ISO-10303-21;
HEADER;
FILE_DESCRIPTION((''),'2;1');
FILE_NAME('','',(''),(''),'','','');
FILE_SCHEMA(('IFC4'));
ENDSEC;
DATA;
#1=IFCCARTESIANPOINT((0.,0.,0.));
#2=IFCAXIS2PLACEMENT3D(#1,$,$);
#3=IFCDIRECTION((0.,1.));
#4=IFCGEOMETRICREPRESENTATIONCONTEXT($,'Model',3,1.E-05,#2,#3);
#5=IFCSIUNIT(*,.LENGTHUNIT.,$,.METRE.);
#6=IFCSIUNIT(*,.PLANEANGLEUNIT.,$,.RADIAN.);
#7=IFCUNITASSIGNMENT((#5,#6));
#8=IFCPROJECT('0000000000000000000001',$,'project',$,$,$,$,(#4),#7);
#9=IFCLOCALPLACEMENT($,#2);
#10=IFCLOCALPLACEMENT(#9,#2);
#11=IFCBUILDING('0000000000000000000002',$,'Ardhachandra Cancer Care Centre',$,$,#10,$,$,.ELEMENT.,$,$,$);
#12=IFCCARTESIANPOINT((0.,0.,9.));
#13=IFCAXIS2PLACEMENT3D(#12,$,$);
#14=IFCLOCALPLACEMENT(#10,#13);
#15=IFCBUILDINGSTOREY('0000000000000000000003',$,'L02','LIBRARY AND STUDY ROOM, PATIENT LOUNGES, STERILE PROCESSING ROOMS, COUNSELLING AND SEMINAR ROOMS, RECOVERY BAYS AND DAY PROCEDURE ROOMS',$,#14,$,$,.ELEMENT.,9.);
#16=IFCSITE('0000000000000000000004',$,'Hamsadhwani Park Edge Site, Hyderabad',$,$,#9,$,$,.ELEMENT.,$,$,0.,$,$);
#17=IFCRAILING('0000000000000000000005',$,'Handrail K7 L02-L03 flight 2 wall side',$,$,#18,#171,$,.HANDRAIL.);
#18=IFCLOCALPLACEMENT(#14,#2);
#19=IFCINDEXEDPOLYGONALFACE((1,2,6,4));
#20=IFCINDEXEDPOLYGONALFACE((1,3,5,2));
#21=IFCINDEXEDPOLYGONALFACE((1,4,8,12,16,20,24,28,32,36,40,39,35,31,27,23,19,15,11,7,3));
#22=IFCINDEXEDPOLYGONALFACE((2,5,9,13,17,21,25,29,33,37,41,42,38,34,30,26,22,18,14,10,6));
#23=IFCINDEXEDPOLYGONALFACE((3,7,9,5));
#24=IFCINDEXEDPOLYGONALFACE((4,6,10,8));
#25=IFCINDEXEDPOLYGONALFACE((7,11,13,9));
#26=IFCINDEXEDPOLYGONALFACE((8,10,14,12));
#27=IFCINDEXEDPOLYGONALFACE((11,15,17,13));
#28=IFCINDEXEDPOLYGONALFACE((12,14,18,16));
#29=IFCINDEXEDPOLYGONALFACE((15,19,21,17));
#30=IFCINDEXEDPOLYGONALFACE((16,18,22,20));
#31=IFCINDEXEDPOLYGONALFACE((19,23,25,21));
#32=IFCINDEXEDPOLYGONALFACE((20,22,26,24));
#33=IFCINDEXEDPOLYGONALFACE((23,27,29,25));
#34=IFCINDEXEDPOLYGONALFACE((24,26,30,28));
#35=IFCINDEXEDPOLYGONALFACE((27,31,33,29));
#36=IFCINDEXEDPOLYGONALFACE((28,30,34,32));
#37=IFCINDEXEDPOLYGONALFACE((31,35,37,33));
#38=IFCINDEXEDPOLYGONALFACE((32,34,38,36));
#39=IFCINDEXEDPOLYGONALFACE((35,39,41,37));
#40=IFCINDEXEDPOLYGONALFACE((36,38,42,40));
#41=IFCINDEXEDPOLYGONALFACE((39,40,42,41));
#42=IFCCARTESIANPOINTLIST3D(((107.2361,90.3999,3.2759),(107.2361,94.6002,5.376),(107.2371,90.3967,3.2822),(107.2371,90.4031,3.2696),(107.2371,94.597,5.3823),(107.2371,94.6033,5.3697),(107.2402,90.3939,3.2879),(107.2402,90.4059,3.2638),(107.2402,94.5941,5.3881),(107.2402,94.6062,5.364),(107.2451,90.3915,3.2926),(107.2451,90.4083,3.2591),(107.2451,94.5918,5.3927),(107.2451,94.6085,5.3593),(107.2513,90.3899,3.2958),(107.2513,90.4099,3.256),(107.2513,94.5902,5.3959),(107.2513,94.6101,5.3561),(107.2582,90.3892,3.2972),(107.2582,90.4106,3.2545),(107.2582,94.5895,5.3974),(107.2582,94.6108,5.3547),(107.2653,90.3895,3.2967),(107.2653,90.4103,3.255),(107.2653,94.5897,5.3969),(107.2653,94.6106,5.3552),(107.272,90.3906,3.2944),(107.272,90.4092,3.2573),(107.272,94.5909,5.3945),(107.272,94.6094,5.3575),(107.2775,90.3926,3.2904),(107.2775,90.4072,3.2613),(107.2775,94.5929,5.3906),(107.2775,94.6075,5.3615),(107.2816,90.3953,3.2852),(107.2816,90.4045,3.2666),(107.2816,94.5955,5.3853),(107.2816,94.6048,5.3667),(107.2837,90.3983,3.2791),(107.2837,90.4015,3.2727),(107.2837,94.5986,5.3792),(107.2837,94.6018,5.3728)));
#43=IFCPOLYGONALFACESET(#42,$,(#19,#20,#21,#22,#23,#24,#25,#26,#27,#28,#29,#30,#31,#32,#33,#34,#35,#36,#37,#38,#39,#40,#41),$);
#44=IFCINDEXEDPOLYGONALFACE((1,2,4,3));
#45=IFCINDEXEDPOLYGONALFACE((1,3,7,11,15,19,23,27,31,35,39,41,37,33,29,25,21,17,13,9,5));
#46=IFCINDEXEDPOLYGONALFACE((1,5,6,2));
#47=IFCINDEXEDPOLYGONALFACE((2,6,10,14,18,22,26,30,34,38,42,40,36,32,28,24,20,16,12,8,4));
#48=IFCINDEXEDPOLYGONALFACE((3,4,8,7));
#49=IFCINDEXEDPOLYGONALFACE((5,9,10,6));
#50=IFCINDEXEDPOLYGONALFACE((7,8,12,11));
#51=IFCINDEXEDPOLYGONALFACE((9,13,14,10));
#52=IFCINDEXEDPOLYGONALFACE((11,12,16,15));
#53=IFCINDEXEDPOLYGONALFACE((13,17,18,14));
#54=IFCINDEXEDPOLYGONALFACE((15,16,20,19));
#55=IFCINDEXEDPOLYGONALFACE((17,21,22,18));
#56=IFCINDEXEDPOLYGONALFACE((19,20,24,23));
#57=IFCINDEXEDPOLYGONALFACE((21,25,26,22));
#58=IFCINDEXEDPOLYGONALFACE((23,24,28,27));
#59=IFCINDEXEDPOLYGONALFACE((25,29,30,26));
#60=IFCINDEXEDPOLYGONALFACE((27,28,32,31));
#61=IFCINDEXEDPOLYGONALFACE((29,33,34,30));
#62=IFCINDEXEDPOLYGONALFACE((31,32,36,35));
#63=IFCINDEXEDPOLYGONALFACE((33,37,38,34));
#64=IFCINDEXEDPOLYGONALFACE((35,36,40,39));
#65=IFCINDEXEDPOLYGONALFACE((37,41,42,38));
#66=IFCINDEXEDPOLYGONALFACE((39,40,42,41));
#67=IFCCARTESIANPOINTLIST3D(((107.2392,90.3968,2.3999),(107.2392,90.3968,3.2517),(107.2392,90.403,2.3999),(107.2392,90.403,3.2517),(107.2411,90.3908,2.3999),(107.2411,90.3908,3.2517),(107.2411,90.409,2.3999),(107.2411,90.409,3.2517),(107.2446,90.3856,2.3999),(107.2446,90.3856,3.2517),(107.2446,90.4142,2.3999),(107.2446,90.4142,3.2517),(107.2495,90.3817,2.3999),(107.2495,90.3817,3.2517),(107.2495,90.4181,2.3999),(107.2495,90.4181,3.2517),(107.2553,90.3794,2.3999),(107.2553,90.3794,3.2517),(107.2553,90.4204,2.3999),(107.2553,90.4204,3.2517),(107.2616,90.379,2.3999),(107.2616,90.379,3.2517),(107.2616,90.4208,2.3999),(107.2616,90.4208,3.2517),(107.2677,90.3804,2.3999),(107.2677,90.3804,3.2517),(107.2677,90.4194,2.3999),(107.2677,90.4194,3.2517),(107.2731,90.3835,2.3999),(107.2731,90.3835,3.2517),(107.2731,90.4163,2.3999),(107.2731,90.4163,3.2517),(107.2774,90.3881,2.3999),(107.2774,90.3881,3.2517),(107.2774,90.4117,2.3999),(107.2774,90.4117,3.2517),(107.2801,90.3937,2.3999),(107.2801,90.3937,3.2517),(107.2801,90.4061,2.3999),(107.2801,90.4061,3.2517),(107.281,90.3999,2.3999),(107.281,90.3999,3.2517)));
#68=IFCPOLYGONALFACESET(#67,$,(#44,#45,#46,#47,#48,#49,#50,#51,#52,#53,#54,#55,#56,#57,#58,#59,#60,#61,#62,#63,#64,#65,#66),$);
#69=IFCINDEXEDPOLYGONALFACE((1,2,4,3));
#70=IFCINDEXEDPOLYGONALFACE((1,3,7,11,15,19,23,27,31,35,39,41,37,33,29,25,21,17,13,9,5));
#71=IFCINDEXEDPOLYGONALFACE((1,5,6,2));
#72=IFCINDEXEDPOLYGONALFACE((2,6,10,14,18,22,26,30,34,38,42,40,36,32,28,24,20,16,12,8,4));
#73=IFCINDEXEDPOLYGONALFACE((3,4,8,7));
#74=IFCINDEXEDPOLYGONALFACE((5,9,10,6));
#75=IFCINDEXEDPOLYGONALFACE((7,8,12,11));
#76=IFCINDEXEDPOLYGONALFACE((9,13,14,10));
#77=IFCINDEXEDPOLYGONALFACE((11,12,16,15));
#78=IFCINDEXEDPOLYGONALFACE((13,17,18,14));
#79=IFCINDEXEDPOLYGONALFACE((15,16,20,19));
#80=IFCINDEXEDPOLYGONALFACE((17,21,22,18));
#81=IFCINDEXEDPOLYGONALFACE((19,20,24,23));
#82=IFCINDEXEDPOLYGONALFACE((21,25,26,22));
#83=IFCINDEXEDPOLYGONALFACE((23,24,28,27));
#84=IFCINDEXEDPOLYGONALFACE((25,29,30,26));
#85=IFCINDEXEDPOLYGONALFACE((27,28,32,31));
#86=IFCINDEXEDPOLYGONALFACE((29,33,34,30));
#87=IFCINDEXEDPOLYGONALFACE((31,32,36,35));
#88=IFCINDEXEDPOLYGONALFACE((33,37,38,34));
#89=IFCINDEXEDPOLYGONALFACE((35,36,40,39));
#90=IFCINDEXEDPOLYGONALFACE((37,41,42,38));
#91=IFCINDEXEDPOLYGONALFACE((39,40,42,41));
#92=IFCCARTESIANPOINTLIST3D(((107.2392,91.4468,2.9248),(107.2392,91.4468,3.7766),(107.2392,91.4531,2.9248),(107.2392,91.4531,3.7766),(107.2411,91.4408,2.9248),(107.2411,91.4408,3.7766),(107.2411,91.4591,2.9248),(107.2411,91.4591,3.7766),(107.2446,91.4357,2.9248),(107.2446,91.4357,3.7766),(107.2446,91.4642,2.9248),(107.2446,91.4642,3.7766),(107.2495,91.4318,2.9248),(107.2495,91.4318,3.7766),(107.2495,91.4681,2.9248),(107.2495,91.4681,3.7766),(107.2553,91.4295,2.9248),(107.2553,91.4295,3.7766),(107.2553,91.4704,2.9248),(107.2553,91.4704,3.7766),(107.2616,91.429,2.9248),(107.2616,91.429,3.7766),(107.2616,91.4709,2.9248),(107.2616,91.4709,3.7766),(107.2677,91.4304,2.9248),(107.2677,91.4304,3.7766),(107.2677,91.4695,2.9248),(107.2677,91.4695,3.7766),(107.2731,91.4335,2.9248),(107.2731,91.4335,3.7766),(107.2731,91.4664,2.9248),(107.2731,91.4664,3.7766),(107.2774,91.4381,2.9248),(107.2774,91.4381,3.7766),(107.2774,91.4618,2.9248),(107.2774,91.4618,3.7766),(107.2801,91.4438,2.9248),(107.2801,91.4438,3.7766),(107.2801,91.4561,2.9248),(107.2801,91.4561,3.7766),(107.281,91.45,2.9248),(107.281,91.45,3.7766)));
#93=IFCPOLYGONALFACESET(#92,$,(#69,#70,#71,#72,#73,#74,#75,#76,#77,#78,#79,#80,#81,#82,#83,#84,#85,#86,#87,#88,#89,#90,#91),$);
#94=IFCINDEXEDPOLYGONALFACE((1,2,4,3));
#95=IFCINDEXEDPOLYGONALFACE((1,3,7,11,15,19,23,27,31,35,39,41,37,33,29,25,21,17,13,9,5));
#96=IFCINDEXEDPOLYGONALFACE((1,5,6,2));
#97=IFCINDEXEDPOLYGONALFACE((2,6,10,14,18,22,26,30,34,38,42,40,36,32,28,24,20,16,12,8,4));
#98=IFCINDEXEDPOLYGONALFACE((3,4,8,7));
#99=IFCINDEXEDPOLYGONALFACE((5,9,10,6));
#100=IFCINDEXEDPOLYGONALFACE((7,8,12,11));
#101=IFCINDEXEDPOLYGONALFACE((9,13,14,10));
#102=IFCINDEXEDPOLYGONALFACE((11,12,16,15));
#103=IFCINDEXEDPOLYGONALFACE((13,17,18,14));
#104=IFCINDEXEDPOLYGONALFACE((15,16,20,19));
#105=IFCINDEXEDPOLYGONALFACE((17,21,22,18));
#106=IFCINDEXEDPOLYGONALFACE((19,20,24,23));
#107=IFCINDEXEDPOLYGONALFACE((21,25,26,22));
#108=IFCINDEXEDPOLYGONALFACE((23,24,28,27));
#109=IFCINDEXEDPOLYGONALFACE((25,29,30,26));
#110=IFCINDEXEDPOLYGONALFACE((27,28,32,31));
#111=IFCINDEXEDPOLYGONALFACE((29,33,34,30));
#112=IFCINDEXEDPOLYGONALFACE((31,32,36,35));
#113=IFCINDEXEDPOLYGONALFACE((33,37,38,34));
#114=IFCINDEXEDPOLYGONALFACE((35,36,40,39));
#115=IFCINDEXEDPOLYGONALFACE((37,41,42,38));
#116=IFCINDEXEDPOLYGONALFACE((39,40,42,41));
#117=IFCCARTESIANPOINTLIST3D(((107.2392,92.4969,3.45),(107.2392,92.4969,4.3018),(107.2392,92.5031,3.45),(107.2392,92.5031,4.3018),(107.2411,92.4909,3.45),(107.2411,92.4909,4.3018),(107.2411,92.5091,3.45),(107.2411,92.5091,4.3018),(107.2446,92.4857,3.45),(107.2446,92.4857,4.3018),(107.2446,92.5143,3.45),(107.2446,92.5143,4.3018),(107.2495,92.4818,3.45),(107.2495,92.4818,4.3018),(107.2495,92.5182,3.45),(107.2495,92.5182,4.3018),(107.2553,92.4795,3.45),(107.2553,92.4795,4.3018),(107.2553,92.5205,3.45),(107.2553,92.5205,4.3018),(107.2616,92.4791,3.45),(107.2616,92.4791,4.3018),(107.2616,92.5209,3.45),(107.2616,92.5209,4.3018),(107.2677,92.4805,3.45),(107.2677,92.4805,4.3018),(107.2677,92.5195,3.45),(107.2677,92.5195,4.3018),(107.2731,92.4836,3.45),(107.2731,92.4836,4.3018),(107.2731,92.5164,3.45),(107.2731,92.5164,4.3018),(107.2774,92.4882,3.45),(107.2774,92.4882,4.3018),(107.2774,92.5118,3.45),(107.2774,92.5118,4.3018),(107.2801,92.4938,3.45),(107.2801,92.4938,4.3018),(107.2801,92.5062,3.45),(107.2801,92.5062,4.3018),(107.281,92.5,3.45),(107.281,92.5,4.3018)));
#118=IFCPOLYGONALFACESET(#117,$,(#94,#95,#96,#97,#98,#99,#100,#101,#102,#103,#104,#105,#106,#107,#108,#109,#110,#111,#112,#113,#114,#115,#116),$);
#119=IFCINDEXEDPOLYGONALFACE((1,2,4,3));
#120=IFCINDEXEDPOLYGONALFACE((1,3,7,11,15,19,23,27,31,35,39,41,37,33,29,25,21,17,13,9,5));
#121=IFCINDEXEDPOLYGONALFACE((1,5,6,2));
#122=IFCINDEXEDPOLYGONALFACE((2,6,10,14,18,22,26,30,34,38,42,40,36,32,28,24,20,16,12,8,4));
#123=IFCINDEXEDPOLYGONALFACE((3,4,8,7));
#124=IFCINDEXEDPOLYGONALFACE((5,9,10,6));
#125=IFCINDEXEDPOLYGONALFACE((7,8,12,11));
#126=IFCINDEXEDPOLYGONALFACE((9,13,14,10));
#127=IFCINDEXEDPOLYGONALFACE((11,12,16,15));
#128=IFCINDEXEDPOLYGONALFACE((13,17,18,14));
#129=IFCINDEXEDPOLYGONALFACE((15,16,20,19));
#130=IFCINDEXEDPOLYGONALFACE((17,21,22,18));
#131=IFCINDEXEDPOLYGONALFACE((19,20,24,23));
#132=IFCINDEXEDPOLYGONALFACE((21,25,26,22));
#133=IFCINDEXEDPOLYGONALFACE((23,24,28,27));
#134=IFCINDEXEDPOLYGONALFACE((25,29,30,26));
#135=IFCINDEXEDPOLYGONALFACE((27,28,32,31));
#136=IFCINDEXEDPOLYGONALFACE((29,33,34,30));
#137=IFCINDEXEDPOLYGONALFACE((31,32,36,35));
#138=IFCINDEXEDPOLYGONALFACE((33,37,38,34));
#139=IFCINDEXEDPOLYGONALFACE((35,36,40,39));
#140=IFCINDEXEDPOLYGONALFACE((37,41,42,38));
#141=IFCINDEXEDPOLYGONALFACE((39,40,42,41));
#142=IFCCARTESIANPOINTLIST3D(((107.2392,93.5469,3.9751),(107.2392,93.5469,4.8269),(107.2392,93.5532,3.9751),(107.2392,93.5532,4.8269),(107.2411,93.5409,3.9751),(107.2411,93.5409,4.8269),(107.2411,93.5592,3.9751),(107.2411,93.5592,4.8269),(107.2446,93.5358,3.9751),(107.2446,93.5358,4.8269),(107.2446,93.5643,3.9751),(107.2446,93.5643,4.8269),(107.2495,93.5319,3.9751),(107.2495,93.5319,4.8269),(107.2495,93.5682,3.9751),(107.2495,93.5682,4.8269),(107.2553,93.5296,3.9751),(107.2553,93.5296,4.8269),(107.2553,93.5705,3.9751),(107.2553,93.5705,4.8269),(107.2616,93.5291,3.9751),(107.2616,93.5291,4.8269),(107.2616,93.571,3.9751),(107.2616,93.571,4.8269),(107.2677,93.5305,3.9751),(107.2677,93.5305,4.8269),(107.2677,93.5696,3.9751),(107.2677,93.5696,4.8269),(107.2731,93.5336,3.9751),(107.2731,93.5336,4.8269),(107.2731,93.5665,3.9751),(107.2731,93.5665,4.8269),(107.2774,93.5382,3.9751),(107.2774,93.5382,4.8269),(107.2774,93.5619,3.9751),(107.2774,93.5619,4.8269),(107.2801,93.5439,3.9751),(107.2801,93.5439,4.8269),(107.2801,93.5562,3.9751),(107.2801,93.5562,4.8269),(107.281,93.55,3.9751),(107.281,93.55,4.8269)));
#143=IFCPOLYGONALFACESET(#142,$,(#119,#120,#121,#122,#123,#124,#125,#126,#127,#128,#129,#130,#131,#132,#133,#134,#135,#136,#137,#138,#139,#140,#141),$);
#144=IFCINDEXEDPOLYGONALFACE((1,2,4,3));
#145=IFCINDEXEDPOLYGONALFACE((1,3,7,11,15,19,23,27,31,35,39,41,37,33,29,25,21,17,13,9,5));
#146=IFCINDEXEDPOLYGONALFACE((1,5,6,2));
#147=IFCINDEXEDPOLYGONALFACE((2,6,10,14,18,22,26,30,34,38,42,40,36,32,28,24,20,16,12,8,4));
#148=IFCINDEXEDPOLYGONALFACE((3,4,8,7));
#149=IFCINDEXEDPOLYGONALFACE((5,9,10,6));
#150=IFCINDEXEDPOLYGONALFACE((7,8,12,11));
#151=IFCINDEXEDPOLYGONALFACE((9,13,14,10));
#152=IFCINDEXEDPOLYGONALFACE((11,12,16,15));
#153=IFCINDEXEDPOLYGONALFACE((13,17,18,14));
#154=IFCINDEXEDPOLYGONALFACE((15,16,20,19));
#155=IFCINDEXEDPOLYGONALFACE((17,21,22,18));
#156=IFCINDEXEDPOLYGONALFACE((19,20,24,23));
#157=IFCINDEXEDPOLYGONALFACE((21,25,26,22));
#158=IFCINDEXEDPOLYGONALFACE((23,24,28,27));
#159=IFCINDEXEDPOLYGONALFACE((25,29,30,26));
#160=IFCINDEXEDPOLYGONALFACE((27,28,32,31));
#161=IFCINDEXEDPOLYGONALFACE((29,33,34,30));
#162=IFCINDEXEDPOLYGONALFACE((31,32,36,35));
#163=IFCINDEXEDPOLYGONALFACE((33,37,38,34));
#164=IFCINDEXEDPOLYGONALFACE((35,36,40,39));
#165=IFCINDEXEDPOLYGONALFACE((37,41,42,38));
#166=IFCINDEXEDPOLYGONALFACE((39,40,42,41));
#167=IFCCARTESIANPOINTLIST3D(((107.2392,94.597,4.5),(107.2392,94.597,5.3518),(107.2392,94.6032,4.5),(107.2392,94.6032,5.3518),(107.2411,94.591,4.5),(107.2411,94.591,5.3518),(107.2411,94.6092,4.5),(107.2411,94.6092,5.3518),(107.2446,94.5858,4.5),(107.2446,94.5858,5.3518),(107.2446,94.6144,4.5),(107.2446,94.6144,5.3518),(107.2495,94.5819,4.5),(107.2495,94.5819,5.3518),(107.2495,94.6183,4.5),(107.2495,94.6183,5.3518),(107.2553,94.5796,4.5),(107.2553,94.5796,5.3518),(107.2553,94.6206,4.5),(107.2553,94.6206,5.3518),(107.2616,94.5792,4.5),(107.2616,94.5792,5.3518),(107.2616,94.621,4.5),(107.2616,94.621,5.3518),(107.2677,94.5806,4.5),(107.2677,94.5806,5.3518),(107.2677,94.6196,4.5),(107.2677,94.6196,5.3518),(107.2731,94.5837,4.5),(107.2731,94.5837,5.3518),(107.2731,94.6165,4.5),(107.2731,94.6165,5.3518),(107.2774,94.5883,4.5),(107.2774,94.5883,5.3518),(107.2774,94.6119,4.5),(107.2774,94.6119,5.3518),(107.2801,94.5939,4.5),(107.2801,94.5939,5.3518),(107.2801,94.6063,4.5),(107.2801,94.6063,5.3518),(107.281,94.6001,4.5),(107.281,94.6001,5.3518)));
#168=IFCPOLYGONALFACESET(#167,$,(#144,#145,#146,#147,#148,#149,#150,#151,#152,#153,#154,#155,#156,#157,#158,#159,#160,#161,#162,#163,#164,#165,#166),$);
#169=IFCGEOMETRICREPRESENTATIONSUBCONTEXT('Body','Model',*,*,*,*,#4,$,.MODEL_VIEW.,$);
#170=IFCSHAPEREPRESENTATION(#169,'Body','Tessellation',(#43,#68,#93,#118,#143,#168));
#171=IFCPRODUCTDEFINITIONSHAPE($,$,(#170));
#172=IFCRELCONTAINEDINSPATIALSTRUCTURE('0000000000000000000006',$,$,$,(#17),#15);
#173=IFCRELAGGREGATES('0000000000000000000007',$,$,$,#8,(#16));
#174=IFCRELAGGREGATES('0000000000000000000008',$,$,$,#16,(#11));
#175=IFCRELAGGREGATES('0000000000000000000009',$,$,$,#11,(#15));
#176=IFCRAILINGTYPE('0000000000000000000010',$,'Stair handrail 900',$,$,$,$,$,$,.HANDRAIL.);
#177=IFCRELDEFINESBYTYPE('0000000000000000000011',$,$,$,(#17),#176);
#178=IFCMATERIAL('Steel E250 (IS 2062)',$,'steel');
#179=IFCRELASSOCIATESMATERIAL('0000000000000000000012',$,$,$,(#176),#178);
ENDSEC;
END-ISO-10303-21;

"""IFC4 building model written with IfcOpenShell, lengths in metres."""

from ifc_helpers import new_model, si_unit, direction, frame, origin, origin_2d, place, context, subcontext, project, spatial, circle, extrude, material, type_object, element, save


model = new_model("IFC4")

# Units and contexts
model_context = context("Model", 3, precision=1e-05, world=origin(), true_north=direction((0.0, 1.0)))
body_context = subcontext(model_context, "Body", "Model", "MODEL_VIEW")
ifc_project = project(units=[si_unit("LENGTHUNIT", "METRE"), si_unit("PLANEANGLEUNIT", "RADIAN")], contexts=[model_context])

# Site, building, storey
site_placement = place(None, origin())
site = spatial("IfcSite", under=ifc_project, at=site_placement, Name="Hamsadhwani Park Edge Site, Hyderabad", CompositionType="ELEMENT", RefElevation=0.0)
building_placement = place(site_placement, origin())
building = spatial("IfcBuilding", under=site, at=building_placement, Name="Ardhachandra Cancer Care Centre", CompositionType="ELEMENT")
storey_placement = place(building_placement, frame((0.0, 0.0, 9.0)))
storey = spatial("IfcBuildingStorey", under=building, at=storey_placement, Name="L02", Description="LIBRARY AND STUDY ROOM, PATIENT LOUNGES, STERILE PROCESSING ROOMS, COUNSELLING AND SEMINAR ROOMS, RECOVERY BAYS AND DAY PROCEDURE ROOMS", CompositionType="ELEMENT", Elevation=9.0)

# Railing
ifc_material_1 = material(Name="Steel E250 (IS 2062)", Category="steel")
railing_type = type_object("IfcRailingType", Name="Stair handrail 900", PredefinedType="HANDRAIL", material=ifc_material_1)
railing_placement = place(storey_placement, frame((107.26, 90.3999, 2.3999)))
element("IfcRailing", 1, at=railing_placement, inside=storey, type_object=railing_type, Name="Handrail K7 L02-L03 flight 2 wall side", PredefinedType="HANDRAIL", context=body_context, shape_type="SweptSolid", body=[
    extrude(circle(Radius=0.0239, at=origin_2d()), frame((0.0, 0.0, 0.876), z_axis=(0.0, 0.894427, 0.447214), x_axis=(-1.0, 0.0, 0.0)), (0.0, 0.0, 1.0), 4.696),
    extrude(circle(Radius=0.021, at=origin_2d()), origin(), (0.0, 0.0, 1.0), 0.8518),
    extrude(circle(Radius=0.021, at=origin_2d()), frame((0.0, 1.05, 0.5249)), (0.0, 0.0, 1.0), 0.8518),
    extrude(circle(Radius=0.021, at=origin_2d()), frame((0.0, 2.1001, 1.05)), (0.0, 0.0, 1.0), 0.8518),
    extrude(circle(Radius=0.021, at=origin_2d()), frame((0.0, 3.1501, 1.5752)), (0.0, 0.0, 1.0), 0.8518),
    extrude(circle(Radius=0.021, at=origin_2d()), frame((0.0, 4.2002, 2.1001)), (0.0, 0.0, 1.0), 0.8518),
])

save(model, "model.ifc")
